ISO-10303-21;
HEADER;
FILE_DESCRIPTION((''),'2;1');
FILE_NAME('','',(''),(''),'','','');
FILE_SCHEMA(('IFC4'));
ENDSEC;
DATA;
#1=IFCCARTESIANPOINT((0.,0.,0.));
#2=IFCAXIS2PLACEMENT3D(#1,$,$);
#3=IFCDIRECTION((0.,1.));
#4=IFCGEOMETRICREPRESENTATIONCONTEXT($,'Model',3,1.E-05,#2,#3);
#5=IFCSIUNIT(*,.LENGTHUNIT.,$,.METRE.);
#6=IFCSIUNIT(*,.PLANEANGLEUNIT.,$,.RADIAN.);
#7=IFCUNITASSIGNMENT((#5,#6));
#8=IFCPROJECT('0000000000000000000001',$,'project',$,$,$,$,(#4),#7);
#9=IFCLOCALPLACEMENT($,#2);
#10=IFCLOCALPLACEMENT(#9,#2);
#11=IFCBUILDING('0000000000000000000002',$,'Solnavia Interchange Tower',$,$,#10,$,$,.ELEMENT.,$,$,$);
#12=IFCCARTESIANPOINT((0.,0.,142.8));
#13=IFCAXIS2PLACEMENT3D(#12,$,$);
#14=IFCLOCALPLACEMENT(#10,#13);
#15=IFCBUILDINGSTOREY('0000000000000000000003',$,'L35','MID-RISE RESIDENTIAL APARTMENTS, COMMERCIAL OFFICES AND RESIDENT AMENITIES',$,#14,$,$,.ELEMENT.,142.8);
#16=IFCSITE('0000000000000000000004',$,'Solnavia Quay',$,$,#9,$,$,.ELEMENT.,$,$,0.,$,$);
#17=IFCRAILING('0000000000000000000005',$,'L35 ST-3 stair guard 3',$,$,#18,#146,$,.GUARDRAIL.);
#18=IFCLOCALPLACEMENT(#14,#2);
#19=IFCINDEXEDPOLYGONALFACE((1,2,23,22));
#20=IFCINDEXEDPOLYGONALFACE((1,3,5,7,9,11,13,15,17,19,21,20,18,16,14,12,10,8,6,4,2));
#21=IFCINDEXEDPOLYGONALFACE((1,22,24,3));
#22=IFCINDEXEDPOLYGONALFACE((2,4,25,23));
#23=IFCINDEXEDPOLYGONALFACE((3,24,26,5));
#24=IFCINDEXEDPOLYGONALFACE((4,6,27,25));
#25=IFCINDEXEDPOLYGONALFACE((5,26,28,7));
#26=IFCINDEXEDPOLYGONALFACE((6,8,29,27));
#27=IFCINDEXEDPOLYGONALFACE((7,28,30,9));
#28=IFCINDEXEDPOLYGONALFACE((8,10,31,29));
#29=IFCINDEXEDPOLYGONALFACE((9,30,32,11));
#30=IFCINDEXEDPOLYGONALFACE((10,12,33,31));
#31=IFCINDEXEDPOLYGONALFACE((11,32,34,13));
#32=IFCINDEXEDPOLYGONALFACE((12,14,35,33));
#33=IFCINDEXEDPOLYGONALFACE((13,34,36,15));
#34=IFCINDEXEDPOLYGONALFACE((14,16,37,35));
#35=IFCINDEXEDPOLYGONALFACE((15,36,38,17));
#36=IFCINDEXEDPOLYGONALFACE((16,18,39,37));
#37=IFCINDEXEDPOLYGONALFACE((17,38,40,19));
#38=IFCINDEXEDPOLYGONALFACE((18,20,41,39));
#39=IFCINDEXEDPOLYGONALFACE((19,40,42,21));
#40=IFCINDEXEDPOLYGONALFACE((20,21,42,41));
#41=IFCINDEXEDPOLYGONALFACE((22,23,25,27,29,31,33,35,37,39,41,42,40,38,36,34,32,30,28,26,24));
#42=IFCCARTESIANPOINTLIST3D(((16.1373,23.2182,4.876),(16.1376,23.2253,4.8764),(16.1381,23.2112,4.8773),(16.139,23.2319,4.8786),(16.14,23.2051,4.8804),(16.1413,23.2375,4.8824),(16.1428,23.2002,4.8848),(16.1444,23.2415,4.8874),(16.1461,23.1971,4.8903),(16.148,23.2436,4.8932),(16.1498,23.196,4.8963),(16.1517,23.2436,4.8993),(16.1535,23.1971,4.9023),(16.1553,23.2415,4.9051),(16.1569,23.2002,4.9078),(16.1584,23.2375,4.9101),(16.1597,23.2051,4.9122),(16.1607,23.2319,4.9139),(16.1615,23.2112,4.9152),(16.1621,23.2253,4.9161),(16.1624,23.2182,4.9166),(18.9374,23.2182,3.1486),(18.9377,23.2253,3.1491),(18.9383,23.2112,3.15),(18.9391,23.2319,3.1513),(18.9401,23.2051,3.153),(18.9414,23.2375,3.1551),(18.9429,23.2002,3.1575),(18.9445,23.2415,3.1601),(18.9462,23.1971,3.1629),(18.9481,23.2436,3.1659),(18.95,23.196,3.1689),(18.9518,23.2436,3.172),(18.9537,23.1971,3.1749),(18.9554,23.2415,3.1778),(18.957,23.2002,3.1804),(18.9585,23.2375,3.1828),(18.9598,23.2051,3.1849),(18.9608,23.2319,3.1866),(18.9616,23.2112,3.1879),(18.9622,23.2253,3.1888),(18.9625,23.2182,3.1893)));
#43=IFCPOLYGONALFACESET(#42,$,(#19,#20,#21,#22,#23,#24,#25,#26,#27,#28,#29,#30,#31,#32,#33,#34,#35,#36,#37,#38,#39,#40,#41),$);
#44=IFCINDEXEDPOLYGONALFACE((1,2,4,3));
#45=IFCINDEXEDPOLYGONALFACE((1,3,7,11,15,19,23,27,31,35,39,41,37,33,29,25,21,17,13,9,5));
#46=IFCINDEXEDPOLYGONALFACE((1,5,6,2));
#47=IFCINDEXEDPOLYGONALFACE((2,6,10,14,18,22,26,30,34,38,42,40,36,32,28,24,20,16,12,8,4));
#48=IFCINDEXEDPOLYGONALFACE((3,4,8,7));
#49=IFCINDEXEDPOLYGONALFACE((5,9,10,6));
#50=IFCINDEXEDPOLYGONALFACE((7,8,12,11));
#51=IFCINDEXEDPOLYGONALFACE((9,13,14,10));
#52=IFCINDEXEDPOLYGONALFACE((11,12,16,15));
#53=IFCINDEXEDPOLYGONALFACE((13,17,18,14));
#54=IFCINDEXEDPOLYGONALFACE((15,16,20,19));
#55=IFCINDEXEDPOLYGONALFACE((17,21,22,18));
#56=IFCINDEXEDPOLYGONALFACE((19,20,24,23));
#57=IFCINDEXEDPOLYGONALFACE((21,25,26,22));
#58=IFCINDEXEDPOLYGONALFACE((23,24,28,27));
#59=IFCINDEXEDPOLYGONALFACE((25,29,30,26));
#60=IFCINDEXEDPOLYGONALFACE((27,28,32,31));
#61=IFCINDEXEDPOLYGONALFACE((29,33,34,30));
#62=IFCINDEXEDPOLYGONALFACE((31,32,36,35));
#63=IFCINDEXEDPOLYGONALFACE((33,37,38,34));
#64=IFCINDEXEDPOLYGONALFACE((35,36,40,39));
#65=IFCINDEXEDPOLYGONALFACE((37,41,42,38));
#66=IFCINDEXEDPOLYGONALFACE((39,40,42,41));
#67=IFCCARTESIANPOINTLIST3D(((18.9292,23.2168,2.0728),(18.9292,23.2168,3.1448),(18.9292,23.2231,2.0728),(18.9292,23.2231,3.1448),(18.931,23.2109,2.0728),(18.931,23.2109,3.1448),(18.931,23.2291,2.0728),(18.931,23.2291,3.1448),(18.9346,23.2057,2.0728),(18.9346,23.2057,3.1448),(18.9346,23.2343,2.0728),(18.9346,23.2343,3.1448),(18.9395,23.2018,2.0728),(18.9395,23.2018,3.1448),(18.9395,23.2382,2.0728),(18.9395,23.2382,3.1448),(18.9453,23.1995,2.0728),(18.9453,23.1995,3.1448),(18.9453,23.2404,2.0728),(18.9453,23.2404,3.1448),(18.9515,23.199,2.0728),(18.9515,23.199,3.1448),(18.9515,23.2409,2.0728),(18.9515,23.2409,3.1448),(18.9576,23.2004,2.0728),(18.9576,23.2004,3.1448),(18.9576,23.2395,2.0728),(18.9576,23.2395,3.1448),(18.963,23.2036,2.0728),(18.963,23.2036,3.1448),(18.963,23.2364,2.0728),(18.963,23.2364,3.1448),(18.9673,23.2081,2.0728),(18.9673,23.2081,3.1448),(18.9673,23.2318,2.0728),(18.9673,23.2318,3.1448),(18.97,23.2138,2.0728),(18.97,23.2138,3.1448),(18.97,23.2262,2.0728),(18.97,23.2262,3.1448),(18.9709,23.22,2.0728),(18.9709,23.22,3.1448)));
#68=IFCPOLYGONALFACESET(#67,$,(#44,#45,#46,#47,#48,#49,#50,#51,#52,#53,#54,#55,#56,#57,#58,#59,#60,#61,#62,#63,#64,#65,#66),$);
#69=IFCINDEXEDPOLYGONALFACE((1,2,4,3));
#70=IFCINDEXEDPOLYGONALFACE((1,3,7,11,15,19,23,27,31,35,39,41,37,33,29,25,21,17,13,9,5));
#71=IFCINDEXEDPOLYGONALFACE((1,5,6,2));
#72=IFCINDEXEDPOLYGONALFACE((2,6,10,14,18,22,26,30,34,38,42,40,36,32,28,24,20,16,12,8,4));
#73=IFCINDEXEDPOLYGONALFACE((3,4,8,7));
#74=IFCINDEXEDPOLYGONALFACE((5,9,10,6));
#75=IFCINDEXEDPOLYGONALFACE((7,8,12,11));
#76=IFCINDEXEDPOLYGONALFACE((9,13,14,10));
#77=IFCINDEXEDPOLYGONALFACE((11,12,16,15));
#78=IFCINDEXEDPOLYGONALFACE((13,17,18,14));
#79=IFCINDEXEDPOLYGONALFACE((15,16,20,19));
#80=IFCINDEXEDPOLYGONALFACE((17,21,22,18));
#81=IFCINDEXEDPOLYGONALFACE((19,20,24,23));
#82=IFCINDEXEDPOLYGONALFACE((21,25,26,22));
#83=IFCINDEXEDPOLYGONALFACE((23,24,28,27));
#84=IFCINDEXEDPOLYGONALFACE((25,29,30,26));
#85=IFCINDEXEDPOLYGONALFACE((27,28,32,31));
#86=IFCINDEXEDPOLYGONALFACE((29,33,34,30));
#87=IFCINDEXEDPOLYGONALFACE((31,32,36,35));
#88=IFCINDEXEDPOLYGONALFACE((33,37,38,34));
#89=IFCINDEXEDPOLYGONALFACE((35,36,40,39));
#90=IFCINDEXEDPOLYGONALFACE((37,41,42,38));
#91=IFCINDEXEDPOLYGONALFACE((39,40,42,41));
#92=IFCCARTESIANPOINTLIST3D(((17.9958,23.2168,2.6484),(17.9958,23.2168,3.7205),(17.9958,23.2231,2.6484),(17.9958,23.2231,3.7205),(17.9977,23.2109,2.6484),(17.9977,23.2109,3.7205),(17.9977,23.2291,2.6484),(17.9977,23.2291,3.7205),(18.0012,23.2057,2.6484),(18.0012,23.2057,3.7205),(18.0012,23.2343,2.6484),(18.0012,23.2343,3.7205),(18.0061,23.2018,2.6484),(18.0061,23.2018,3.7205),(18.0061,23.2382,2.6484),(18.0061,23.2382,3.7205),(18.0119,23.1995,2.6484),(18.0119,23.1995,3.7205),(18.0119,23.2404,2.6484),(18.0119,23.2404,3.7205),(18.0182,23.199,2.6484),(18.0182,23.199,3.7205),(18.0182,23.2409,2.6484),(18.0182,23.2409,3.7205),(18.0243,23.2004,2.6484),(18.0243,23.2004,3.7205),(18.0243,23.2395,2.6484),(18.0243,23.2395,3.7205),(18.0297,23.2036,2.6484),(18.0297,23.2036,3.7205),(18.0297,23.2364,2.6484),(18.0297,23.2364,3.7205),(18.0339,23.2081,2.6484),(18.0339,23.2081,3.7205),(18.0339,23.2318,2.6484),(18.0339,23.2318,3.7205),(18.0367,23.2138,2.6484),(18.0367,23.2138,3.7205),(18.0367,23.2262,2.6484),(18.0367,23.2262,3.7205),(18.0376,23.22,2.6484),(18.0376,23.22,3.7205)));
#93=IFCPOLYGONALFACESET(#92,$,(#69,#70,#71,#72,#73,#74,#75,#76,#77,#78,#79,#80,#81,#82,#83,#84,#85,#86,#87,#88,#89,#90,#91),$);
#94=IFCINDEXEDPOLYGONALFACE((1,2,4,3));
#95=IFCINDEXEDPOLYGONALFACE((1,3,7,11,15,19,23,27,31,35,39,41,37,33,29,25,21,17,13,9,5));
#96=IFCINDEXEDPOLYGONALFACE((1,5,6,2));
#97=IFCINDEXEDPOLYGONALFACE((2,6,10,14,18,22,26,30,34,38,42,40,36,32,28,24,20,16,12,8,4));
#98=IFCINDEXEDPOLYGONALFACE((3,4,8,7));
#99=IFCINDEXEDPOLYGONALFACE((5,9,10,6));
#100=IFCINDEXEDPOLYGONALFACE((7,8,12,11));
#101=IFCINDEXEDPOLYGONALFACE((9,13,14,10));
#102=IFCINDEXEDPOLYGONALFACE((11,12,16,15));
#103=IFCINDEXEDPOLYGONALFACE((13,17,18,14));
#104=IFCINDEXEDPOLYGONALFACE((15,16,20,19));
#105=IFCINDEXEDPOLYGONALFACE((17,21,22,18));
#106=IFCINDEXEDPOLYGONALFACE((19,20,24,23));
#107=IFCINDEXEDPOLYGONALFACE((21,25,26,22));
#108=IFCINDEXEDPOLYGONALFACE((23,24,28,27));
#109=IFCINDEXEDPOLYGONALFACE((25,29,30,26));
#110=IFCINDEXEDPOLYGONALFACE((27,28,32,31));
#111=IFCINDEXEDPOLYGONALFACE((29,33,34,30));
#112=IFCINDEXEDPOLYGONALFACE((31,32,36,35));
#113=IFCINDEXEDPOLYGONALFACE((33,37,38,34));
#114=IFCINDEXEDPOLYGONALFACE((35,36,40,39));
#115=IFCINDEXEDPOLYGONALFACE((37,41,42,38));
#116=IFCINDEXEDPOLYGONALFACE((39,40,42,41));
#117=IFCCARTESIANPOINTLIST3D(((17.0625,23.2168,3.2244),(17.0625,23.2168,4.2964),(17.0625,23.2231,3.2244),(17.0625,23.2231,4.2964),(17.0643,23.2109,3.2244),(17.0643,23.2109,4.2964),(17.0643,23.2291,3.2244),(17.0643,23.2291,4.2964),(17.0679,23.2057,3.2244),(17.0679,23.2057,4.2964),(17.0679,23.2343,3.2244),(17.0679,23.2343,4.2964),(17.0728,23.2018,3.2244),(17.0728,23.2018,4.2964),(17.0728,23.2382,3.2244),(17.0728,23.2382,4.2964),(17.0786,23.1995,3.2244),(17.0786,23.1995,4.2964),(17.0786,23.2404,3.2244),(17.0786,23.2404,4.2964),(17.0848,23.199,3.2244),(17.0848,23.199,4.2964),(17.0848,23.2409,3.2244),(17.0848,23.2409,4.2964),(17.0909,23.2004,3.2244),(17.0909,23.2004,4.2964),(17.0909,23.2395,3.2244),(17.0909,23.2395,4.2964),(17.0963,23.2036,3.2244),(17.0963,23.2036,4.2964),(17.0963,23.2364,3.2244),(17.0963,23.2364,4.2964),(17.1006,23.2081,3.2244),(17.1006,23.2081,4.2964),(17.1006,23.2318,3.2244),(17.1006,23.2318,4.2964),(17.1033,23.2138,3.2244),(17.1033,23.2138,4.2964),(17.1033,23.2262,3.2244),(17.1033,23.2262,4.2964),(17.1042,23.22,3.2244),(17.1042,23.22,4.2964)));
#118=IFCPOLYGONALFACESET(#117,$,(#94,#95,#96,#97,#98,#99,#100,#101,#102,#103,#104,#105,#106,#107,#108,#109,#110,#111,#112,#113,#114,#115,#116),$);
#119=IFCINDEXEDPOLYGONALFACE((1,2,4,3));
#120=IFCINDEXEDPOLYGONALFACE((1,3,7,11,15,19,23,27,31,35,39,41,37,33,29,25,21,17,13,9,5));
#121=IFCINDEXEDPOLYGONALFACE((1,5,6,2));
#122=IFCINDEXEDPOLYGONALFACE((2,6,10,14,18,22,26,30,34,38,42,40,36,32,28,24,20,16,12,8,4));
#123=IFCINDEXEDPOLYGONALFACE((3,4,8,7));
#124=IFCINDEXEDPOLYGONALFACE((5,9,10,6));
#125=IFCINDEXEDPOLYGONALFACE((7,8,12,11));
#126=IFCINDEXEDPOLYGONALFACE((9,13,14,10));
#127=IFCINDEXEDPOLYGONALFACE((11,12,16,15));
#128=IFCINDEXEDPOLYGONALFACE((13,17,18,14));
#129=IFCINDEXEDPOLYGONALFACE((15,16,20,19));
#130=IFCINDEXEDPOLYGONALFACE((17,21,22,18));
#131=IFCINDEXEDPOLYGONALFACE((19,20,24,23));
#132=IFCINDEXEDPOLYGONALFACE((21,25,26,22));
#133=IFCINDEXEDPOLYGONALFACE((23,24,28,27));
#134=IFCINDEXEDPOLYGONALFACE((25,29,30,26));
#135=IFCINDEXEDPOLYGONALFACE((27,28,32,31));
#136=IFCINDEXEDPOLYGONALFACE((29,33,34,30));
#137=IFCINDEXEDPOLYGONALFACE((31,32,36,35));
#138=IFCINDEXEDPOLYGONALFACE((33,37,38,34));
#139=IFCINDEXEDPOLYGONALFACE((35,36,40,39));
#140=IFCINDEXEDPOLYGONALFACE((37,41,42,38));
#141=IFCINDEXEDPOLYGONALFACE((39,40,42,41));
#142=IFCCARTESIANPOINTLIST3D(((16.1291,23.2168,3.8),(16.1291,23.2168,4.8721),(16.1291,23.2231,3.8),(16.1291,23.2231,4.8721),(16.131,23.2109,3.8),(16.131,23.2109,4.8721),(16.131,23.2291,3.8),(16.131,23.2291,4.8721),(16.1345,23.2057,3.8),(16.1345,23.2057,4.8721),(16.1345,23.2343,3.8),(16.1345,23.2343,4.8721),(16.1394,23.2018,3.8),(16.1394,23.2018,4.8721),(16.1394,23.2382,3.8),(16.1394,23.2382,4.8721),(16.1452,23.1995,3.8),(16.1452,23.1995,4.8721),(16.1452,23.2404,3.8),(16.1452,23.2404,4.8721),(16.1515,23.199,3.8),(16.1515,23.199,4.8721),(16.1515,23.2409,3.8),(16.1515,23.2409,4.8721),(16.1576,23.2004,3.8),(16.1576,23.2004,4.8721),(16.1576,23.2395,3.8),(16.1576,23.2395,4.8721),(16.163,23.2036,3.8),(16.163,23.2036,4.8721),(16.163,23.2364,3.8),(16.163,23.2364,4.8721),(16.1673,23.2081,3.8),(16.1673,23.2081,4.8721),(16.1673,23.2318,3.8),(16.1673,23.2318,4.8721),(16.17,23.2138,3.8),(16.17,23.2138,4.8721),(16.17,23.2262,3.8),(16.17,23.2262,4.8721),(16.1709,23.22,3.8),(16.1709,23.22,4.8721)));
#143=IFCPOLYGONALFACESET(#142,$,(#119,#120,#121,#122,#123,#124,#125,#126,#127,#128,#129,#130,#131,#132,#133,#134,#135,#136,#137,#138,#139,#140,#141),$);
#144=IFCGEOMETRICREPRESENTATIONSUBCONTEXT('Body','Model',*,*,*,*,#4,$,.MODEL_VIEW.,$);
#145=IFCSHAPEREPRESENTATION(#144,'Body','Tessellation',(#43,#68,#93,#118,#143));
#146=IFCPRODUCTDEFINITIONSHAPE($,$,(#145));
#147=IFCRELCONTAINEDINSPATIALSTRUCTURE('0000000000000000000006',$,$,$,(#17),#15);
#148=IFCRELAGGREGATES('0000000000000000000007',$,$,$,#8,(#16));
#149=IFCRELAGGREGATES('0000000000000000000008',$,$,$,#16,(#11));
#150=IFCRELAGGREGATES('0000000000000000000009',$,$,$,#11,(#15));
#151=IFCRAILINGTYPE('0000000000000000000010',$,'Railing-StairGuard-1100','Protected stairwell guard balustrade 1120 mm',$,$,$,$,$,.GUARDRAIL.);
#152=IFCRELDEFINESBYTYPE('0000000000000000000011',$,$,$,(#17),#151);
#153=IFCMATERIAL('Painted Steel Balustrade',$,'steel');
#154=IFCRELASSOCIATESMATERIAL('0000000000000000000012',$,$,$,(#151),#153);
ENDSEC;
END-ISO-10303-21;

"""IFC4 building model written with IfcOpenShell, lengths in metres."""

from ifc_helpers import new_model, si_unit, direction, frame, origin, origin_2d, place, context, subcontext, project, spatial, circle, extrude, material, type_object, element, save


model = new_model("IFC4")

# Units and contexts
model_context = context("Model", 3, precision=1e-05, world=origin(), true_north=direction((0.0, 1.0)))
body_context = subcontext(model_context, "Body", "Model", "MODEL_VIEW")
ifc_project = project(units=[si_unit("LENGTHUNIT", "METRE"), si_unit("PLANEANGLEUNIT", "RADIAN")], contexts=[model_context])

# Site, building, storey
site_placement = place(None, origin())
site = spatial("IfcSite", under=ifc_project, at=site_placement, Name="Solnavia Quay", CompositionType="ELEMENT", RefElevation=0.0)
building_placement = place(site_placement, origin())
building = spatial("IfcBuilding", under=site, at=building_placement, Name="Solnavia Interchange Tower", CompositionType="ELEMENT")
storey_placement = place(building_placement, frame((0.0, 0.0, 142.8)))
storey = spatial("IfcBuildingStorey", under=building, at=storey_placement, Name="L35", Description="MID-RISE RESIDENTIAL APARTMENTS, COMMERCIAL OFFICES AND RESIDENT AMENITIES", CompositionType="ELEMENT", Elevation=142.8)

# Railing
ifc_material_1 = material(Name="Painted Steel Balustrade", Category="steel")
railing_type_1 = type_object("IfcRailingType", Name="Railing-StairGuard-1100", Description="Protected stairwell guard balustrade 1120 mm", PredefinedType="GUARDRAIL", material=ifc_material_1)
railing_1_placement = place(storey_placement, frame((18.95, 23.22, 2.0728)))
element("IfcRailing", 1, at=railing_1_placement, inside=storey, type_object=railing_type_1, Name="L35 ST-3 stair guard 3", PredefinedType="GUARDRAIL", context=body_context, shape_type="SweptSolid", body=[
    extrude(circle(Radius=0.0239, at=origin_2d()), frame((0.0, 0.0, 1.0962), z_axis=(-0.85109, 0.0, 0.52502), x_axis=(0.0, -1.0, 0.0)), (0.0, 0.0, 1.0), 3.29),
    extrude(circle(Radius=0.021, at=origin_2d()), origin(), (0.0, 0.0, 1.0), 1.072),
    extrude(circle(Radius=0.021, at=origin_2d()), frame((-0.9333, 0.0, 0.5757)), (0.0, 0.0, 1.0), 1.072),
    extrude(circle(Radius=0.021, at=origin_2d()), frame((-1.8667, 0.0, 1.1516)), (0.0, 0.0, 1.0), 1.072),
    extrude(circle(Radius=0.021, at=origin_2d()), frame((-2.8, 0.0, 1.7273)), (0.0, 0.0, 1.0), 1.072),
])

save(model, "model.ifc")
